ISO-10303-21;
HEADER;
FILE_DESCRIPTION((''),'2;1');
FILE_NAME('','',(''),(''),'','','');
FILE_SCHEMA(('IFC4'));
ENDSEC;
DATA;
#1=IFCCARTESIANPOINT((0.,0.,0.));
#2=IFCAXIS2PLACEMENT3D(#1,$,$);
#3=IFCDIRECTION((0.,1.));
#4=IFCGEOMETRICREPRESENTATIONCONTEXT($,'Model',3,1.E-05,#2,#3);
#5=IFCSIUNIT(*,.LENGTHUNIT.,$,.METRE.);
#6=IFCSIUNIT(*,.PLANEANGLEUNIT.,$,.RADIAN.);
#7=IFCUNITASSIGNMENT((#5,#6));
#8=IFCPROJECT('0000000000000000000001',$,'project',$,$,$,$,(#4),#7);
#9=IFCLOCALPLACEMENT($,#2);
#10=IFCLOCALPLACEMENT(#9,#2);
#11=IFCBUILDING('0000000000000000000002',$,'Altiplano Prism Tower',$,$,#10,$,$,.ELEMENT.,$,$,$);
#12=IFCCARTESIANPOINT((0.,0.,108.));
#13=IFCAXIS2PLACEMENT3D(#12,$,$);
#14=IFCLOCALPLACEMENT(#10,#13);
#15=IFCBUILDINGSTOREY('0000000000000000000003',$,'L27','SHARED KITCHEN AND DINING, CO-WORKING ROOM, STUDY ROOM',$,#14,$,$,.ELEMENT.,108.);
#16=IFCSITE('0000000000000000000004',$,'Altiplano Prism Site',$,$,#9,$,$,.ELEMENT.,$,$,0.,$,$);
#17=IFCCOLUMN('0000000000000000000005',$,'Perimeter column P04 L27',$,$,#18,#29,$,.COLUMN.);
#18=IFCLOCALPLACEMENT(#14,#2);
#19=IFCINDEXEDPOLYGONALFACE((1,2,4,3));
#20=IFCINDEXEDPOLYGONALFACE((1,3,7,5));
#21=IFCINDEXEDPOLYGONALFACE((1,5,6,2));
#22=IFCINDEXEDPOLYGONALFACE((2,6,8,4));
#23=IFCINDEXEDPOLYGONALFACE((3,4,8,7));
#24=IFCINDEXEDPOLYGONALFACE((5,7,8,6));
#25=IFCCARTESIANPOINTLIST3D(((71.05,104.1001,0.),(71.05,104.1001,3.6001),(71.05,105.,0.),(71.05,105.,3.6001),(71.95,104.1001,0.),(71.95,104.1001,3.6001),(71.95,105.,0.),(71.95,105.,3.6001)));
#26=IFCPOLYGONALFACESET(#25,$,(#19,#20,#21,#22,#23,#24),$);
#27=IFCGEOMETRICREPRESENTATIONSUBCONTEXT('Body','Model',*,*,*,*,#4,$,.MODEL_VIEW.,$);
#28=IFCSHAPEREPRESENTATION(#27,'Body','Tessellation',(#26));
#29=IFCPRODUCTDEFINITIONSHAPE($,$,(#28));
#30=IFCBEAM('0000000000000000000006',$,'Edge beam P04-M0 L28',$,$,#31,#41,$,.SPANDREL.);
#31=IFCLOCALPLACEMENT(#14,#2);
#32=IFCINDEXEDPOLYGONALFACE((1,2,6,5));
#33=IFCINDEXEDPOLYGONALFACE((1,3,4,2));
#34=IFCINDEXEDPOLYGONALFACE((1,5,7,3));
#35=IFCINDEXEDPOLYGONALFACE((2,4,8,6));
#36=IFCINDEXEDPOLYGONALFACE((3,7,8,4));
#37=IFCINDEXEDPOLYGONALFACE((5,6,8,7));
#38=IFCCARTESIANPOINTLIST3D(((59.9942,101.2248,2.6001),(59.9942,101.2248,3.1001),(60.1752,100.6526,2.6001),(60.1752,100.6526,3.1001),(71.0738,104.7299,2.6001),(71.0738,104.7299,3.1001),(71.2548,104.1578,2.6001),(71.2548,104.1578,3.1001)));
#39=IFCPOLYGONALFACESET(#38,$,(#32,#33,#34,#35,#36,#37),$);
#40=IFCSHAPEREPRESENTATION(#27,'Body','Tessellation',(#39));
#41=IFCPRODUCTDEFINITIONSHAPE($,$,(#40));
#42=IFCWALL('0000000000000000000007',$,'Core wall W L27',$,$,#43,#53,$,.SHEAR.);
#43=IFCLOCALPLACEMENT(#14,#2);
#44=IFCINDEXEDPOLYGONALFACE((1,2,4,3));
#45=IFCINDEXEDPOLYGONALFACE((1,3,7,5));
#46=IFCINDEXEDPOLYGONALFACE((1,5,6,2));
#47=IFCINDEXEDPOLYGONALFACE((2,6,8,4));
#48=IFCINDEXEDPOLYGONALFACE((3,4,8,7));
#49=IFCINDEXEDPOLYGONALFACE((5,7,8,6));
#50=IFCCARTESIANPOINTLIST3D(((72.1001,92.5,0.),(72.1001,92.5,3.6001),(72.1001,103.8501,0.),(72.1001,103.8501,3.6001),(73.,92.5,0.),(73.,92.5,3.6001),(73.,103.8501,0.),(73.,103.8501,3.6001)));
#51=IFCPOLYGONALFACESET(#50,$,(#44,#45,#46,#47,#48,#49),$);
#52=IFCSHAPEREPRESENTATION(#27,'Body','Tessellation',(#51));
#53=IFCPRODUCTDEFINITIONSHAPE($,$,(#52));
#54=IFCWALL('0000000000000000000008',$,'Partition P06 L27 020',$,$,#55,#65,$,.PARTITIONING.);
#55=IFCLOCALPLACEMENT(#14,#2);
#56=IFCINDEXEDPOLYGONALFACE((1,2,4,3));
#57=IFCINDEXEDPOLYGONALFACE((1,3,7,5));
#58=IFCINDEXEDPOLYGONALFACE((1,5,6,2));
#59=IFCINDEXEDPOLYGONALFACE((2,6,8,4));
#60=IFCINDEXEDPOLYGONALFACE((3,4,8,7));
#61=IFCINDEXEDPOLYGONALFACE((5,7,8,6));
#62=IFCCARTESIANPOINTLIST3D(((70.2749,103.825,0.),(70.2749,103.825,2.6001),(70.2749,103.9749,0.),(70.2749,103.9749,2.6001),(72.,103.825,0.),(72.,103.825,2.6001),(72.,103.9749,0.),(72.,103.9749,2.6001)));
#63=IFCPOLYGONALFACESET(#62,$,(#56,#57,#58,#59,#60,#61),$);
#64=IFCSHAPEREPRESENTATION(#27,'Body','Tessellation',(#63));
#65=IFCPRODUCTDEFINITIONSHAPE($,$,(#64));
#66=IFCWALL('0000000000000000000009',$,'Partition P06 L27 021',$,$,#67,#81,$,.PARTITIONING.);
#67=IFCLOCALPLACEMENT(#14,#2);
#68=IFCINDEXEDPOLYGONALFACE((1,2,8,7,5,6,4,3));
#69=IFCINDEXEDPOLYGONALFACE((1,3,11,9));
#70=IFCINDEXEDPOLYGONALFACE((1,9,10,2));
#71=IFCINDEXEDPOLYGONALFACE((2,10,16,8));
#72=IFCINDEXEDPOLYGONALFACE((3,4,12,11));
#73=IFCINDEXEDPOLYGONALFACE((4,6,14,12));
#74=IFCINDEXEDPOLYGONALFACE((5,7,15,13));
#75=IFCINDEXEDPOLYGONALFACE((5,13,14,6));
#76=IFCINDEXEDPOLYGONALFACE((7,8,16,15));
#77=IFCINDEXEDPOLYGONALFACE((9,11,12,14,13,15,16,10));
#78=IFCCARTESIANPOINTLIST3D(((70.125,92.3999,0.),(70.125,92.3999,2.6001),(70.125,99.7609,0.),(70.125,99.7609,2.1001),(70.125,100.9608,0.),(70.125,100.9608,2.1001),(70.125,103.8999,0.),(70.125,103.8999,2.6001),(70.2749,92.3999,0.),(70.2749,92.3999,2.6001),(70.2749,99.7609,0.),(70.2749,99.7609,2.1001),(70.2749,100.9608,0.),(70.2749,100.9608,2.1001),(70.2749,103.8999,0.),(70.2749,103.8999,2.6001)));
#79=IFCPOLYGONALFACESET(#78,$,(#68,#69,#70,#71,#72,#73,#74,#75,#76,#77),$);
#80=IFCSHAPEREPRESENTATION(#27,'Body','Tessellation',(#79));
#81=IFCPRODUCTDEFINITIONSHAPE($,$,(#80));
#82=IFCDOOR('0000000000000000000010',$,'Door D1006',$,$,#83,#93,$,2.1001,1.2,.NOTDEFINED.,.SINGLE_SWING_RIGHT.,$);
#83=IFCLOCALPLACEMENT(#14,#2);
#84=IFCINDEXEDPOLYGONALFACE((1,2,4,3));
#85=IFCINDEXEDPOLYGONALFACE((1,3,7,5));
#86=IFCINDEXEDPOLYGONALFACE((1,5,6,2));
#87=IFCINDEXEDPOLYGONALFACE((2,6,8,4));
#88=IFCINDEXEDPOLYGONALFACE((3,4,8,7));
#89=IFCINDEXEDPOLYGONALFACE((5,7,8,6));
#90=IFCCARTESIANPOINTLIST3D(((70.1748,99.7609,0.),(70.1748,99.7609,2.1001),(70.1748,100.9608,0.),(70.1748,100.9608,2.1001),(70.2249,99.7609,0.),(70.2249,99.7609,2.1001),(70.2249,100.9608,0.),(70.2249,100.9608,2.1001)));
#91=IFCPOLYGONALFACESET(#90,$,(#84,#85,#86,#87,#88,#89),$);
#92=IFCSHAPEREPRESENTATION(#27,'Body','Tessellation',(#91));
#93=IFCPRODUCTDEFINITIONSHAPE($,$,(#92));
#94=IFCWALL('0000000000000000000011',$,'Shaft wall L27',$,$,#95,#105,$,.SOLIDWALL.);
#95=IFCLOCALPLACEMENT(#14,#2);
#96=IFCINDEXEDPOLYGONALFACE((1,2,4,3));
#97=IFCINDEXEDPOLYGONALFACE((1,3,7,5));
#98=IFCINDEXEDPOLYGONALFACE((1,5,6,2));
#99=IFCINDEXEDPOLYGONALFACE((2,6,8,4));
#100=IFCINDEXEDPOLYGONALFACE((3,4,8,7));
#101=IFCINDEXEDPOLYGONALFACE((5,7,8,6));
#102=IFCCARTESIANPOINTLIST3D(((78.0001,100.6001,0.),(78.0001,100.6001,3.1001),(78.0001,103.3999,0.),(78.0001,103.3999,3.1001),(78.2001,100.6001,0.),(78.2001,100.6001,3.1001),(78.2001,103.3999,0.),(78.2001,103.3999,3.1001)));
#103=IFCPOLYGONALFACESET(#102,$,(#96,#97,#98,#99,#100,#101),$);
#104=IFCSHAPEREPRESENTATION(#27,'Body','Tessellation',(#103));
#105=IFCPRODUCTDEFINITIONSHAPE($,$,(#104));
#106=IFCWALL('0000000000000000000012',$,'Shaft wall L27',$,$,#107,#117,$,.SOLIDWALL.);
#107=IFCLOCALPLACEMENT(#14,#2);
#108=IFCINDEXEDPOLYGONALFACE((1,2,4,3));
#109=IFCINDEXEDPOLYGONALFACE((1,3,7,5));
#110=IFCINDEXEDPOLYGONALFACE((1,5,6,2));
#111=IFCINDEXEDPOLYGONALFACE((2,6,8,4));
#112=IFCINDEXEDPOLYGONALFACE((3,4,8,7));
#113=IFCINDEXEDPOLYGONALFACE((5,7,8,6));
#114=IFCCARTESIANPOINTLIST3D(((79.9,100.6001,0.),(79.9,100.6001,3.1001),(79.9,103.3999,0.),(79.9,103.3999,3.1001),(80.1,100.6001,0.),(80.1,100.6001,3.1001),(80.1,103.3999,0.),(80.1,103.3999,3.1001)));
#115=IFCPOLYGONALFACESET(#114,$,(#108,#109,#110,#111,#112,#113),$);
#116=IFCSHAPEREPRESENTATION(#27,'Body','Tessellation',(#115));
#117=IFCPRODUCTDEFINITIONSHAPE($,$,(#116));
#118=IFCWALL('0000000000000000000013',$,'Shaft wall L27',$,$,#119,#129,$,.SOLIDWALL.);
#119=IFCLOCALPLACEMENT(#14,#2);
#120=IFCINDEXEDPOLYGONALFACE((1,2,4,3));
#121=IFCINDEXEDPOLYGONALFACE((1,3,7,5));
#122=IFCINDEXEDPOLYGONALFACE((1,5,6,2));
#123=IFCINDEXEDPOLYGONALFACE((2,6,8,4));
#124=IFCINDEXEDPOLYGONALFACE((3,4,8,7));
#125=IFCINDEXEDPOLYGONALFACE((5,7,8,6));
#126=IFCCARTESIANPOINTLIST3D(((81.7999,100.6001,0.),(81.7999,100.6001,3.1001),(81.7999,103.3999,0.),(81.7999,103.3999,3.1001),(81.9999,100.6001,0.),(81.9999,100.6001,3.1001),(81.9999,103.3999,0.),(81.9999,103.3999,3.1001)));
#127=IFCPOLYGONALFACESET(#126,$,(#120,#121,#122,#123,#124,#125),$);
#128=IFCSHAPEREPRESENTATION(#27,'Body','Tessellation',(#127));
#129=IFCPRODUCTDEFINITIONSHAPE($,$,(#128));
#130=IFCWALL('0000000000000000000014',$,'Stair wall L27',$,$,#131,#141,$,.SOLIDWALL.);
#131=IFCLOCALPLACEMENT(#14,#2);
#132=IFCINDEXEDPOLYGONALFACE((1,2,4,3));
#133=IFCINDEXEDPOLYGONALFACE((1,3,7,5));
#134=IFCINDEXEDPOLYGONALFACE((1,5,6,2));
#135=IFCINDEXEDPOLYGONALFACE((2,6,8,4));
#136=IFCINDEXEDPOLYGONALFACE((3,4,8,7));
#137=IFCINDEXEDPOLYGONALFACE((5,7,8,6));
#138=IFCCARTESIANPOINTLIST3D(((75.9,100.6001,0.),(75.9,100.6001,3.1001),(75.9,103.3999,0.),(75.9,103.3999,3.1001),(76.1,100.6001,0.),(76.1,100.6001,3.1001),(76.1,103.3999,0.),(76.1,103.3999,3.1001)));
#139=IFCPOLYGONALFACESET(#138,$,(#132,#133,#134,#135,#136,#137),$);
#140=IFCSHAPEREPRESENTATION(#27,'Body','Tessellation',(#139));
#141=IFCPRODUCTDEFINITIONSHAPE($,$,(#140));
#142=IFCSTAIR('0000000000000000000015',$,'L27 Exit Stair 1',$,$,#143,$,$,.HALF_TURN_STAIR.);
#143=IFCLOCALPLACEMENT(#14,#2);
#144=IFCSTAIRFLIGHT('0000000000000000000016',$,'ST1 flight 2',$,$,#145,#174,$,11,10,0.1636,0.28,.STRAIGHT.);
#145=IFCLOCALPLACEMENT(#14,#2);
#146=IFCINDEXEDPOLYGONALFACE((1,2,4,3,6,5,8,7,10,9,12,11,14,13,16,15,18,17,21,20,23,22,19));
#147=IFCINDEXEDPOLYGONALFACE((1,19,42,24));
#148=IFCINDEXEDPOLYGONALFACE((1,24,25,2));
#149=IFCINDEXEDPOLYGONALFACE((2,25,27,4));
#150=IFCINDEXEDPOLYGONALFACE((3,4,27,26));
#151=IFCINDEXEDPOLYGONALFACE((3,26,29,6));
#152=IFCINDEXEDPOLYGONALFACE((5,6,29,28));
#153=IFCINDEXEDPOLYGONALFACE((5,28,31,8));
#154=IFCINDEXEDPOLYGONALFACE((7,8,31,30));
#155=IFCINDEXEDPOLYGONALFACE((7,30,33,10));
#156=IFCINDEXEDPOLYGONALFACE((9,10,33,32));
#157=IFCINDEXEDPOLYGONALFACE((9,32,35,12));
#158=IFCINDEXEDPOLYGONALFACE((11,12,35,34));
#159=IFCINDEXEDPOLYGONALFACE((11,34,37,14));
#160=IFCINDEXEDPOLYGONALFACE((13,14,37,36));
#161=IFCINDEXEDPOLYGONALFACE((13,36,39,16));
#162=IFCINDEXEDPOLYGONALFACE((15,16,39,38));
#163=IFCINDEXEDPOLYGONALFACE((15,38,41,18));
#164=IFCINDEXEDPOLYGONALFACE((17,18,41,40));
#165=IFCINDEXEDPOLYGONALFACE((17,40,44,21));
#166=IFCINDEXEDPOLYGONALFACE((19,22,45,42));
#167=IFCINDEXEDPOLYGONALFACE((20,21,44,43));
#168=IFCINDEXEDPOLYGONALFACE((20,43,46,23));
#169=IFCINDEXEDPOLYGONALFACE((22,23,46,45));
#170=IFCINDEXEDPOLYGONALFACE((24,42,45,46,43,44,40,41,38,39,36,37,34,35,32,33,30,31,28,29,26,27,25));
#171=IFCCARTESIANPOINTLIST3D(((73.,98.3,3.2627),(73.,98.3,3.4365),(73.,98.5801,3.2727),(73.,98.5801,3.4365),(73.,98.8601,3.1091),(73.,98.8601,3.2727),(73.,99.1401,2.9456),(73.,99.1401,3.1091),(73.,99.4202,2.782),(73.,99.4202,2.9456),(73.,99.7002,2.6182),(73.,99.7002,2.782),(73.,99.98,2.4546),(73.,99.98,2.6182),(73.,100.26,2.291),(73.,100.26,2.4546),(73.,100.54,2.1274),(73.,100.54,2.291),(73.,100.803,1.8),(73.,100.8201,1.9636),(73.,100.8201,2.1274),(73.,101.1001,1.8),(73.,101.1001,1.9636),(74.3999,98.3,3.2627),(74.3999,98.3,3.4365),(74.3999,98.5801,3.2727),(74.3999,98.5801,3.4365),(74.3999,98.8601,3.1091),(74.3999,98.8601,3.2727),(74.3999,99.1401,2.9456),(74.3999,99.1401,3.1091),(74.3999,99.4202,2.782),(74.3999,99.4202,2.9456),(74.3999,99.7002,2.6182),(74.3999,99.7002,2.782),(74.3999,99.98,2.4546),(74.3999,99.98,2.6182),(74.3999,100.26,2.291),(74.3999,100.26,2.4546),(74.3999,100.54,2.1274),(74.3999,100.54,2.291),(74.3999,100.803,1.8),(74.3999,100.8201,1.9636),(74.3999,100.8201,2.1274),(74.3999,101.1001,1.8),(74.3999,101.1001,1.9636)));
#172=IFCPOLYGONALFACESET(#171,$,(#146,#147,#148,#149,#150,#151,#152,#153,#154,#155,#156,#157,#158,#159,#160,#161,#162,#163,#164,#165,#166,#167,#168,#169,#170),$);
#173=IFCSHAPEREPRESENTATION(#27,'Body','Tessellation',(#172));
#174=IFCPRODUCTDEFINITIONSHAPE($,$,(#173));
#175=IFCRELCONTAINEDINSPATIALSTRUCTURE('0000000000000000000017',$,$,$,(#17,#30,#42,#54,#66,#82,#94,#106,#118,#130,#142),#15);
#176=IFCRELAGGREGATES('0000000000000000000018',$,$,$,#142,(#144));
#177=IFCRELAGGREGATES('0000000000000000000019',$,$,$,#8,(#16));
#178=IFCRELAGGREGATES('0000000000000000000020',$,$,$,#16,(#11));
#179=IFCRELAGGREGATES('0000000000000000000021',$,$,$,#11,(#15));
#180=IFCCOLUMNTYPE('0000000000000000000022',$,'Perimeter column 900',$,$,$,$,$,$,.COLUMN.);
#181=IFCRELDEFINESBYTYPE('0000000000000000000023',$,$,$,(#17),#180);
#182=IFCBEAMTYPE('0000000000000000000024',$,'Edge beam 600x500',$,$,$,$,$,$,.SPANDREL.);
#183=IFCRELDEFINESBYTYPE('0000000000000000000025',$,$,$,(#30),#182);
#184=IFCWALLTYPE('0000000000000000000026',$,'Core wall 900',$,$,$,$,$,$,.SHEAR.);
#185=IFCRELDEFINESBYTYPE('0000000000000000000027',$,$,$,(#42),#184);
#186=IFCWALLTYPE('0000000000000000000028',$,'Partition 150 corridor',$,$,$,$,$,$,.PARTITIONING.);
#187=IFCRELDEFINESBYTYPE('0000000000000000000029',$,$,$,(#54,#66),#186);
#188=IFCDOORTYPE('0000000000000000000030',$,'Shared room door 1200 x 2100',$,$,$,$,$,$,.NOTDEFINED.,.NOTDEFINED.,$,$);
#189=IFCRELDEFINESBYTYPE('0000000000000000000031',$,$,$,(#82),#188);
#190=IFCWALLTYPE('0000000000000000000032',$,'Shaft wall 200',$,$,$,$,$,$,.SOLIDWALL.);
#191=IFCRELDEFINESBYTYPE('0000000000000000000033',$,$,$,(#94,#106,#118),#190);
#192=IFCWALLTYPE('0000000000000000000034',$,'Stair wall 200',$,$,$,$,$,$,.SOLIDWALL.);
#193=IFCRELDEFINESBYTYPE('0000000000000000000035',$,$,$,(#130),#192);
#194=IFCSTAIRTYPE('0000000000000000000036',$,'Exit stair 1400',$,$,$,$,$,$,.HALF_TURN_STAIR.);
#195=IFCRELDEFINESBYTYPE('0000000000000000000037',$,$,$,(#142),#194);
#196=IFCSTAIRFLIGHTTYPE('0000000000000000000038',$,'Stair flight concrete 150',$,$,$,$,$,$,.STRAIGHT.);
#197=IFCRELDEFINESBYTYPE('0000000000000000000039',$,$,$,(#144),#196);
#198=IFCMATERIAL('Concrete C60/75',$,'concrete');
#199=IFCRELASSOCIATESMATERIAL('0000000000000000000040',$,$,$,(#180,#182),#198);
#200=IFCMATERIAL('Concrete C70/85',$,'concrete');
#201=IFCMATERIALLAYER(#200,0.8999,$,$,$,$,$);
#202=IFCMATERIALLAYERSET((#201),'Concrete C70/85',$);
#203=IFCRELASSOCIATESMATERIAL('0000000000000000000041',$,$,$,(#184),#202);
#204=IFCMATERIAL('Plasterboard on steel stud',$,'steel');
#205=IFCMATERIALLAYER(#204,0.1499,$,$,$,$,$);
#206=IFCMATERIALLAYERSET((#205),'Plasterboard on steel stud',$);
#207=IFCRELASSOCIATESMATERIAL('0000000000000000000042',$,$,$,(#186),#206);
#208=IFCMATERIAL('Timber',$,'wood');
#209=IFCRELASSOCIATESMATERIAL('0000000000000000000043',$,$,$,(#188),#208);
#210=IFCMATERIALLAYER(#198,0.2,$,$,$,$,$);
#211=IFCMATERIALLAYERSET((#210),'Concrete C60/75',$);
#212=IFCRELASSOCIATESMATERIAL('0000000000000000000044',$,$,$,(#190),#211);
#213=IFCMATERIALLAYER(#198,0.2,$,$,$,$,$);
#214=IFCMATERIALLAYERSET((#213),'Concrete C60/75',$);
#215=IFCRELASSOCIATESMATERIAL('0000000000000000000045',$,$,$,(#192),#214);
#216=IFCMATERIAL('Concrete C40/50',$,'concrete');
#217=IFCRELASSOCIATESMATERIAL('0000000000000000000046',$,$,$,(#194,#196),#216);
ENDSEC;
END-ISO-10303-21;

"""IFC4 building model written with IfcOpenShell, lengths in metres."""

from ifc_helpers import new_model, si_unit, direction, frame, frame_2d, origin, origin_2d, place, context, subcontext, project, spatial, polyline, rectangle, outline, extrude, material, layer, layer_set, material_profile, profile_set, type_object, element, fill, aggregate, save


model = new_model("IFC4")

# Units and contexts
model_context = context("Model", 3, precision=1e-05, world=origin(), true_north=direction((0.0, 1.0)))
body_context = subcontext(model_context, "Body", "Model", "MODEL_VIEW")
ifc_project = project(units=[si_unit("LENGTHUNIT", "METRE"), si_unit("PLANEANGLEUNIT", "RADIAN")], contexts=[model_context])

# Site, building, storey
site_placement = place(None, origin())
site = spatial("IfcSite", under=ifc_project, at=site_placement, Name="Altiplano Prism Site", CompositionType="ELEMENT", RefElevation=0.0)
building_placement = place(site_placement, origin())
building = spatial("IfcBuilding", under=site, at=building_placement, Name="Altiplano Prism Tower", CompositionType="ELEMENT")
storey_placement = place(building_placement, frame((0.0, 0.0, 108.0)))
storey = spatial("IfcBuildingStorey", under=building, at=storey_placement, Name="L27", Description="SHARED KITCHEN AND DINING, CO-WORKING ROOM, STUDY ROOM", CompositionType="ELEMENT", Elevation=108.0)

# Column
ifc_material_1 = material(Name="Concrete C60/75", Category="concrete")
ifc_material_profile_1 = material_profile(ifc_material_1, rectangle(XDim=0.8999, YDim=0.8999, at=origin_2d()), Name="Perimeter column 900")
ifc_profile_set_1 = profile_set([ifc_material_profile_1], Name="Concrete C60/75")
column_type = type_object("IfcColumnType", Name="Perimeter column 900", PredefinedType="COLUMN", material=ifc_profile_set_1)
column_placement = place(storey_placement, frame((71.5, 104.55, 0.0), z_axis=(0.0, 0.0, 1.0), x_axis=(1.0, 0.0, 0.0)))
element("IfcColumn", 1, at=column_placement, inside=storey, type_object=column_type, Name="Perimeter column P04 L27", PredefinedType="COLUMN", context=body_context, shape_type="SweptSolid", body=[
    extrude(rectangle(XDim=0.8999, YDim=0.8999, at=origin_2d()), origin(), (0.0, 0.0, 1.0), 3.6001),
])

# Beam
ifc_material_profile_2 = material_profile(ifc_material_1, rectangle(XDim=0.6001, YDim=0.5, at=origin_2d()), Name="Edge beam 600x500")
ifc_profile_set_2 = profile_set([ifc_material_profile_2], Name="Concrete C60/75")
beam_type = type_object("IfcBeamType", Name="Edge beam 600x500", PredefinedType="SPANDREL", material=ifc_profile_set_2)
beam_placement = place(storey_placement, frame((71.1643, 104.4438, 2.8501), z_axis=(-0.953427, -0.301625, 0.0), x_axis=(0.301625, -0.953427, 0.0)))
element("IfcBeam", 2, at=beam_placement, inside=storey, type_object=beam_type, Name="Edge beam P04-M0 L28", PredefinedType="SPANDREL", context=body_context, shape_type="SweptSolid", body=[
    extrude(rectangle(XDim=0.6001, YDim=0.5, at=origin_2d()), origin(), (0.0, 0.0, 1.0), 11.6208),
])

# Walls
ifc_material_2 = material(Name="Concrete C70/85", Category="concrete")
ifc_layer_1 = layer(ifc_material_2, 0.8999)
ifc_layer_set_1 = layer_set([ifc_layer_1], Name="Concrete C70/85")
wall_type_1 = type_object("IfcWallType", Name="Core wall 900", PredefinedType="SHEAR", material=ifc_layer_set_1)
wall_1_placement = place(storey_placement, frame((72.55, 103.8501, 0.0), z_axis=(0.0, 0.0, 1.0), x_axis=(0.0, -1.0, 0.0)))
element("IfcWall", 3, at=wall_1_placement, inside=storey, type_object=wall_type_1, Name="Core wall W L27", PredefinedType="SHEAR", context=body_context, shape_type="SweptSolid", body=[
    extrude(rectangle(XDim=11.3501, YDim=0.8999, at=frame_2d((5.675, 0.0))), origin(), (0.0, 0.0, 1.0), 3.6001),
])
ifc_material_3 = material(Name="Plasterboard on steel stud", Category="steel")
ifc_layer_2 = layer(ifc_material_3, 0.1499)
ifc_layer_set_2 = layer_set([ifc_layer_2], Name="Plasterboard on steel stud")
wall_type_2 = type_object("IfcWallType", Name="Partition 150 corridor", PredefinedType="PARTITIONING", material=ifc_layer_set_2)
wall_2_placement = place(storey_placement, frame((72.0, 103.8999, 0.0), z_axis=(0.0, 0.0, 1.0), x_axis=(-1.0, 0.0, 0.0)))
element("IfcWall", 4, at=wall_2_placement, inside=storey, type_object=wall_type_2, Name="Partition P06 L27 020", PredefinedType="PARTITIONING", context=body_context, shape_type="SweptSolid", body=[
    extrude(rectangle(XDim=1.7251, YDim=0.1499, at=frame_2d((0.8625, 0.0))), origin(), (0.0, 0.0, 1.0), 2.6001),
])

# Wall, opening, door
wall_3_placement = place(storey_placement, frame((70.2, 103.8999, 0.0), z_axis=(0.0, 0.0, 1.0), x_axis=(0.0, -1.0, 0.0)))
wall_3 = element("IfcWall", 5, at=wall_3_placement, inside=storey, type_object=wall_type_2, Name="Partition P06 L27 021", PredefinedType="PARTITIONING", context=body_context, shape_type="SweptSolid", body=[
    extrude(rectangle(XDim=11.5, YDim=0.1499, at=frame_2d((5.75, 0.0))), origin(), (0.0, 0.0, 1.0), 2.6001),
])
opening_1_placement = place(wall_3_placement, frame((2.939, 0.0, 0.0)))
opening_1 = element("IfcOpeningElement", 6, at=opening_1_placement, cuts=wall_3, PredefinedType="OPENING", context=body_context, shape_type="SweptSolid", body=[
    extrude(rectangle(XDim=1.2, YDim=2.1001, at=frame_2d((0.6001, 1.05))), frame((0.0, 0.0854, 0.0), z_axis=(0.0, -1.0, 0.0), x_axis=(1.0, 0.0, 0.0)), (0.0, 0.0, 1.0), 0.1709),
])
ifc_material_4 = material(Name="Timber", Category="wood")
door_type_1 = type_object("IfcDoorType", Name="Shared room door 1200 x 2100", OperationType="NOTDEFINED", PredefinedType="NOTDEFINED", material=ifc_material_4)
door_1_placement = place(opening_1_placement, origin())
door_1 = element("IfcDoor", 7, at=door_1_placement, inside=storey, type_object=door_type_1, Name="Door D1006", OperationType="SINGLE_SWING_RIGHT", OverallHeight=2.1001, OverallWidth=1.2, PredefinedType="NOTDEFINED", context=body_context, shape_type="SweptSolid", body=[
    extrude(rectangle(XDim=1.2, YDim=2.1001, at=frame_2d((0.6001, 1.05))), frame((0.0, 0.0249, 0.0), z_axis=(0.0, -1.0, 0.0), x_axis=(1.0, 0.0, 0.0)), (0.0, 0.0, 1.0), 0.05),
])
fill(opening_1, door_1)

# Walls
ifc_layer_3 = layer(ifc_material_1, 0.2)
ifc_layer_set_3 = layer_set([ifc_layer_3], Name="Concrete C60/75")
wall_type_3 = type_object("IfcWallType", Name="Shaft wall 200", PredefinedType="SOLIDWALL", material=ifc_layer_set_3)
for number, where, z_axis, x_axis, name in (
    (8, (78.1001, 100.6001, 0.0), (0.0, 0.0, 1.0), (0.0, 1.0, 0.0), "Shaft wall L27"),
    (9, (80.0, 100.6001, 0.0), (0.0, 0.0, 1.0), (0.0, 1.0, 0.0), "Shaft wall L27"),
    (10, (81.8999, 100.6001, 0.0), (0.0, 0.0, 1.0), (0.0, 1.0, 0.0), "Shaft wall L27"),
):
    element("IfcWall", number, at=place(storey_placement, frame(where, z_axis=z_axis, x_axis=x_axis)), inside=storey, type_object=wall_type_3, Name=name, PredefinedType="SOLIDWALL", context=body_context, shape_type="SweptSolid", body=[
        extrude(rectangle(XDim=2.7998, YDim=0.2, at=frame_2d((1.3999, 0.0))), origin(), (0.0, 0.0, 1.0), 3.1001),
    ])

# Shared definitions
ifc_layer_4 = layer(ifc_material_1, 0.2)
ifc_layer_set_4 = layer_set([ifc_layer_4], Name="Concrete C60/75")
wall_type_4 = type_object("IfcWallType", Name="Stair wall 200", PredefinedType="SOLIDWALL", material=ifc_layer_set_4)

# Wall
wall_4_placement = place(storey_placement, frame((76.0, 100.6001, 0.0), z_axis=(0.0, 0.0, 1.0), x_axis=(0.0, 1.0, 0.0)))
element("IfcWall", 11, at=wall_4_placement, inside=storey, type_object=wall_type_4, Name="Stair wall L27", PredefinedType="SOLIDWALL", context=body_context, shape_type="SweptSolid", body=[
    extrude(rectangle(XDim=2.7998, YDim=0.2, at=frame_2d((1.3999, 0.0))), origin(), (0.0, 0.0, 1.0), 3.1001),
])

# Stair, stair flight
ifc_material_5 = material(Name="Concrete C40/50", Category="concrete")
stair_type = type_object("IfcStairType", Name="Exit stair 1400", PredefinedType="HALF_TURN_STAIR", material=ifc_material_5)
stair_placement = place(storey_placement, origin())
stair = element("IfcStair", 12, at=stair_placement, inside=storey, type_object=stair_type, Name="L27 Exit Stair 1", PredefinedType="HALF_TURN_STAIR")
stair_flight_type = type_object("IfcStairFlightType", Name="Stair flight concrete 150", PredefinedType="STRAIGHT", material=ifc_material_5)
stair_flight_placement = place(storey_placement, frame((73.7, 101.1001, 1.8), z_axis=(0.0, 0.0, 1.0), x_axis=(0.0, -1.0, 0.0)))
stair_flight = element("IfcStairFlight", 13, at=stair_flight_placement, type_object=stair_flight_type, Name="ST1 flight 2", NumberOfRisers=11, NumberOfTreads=10, PredefinedType="STRAIGHT", RiserHeight=0.1636, TreadLength=0.28, context=body_context, shape_type="SweptSolid", body=[
    extrude(outline(polyline([(0.0, 0.0), (0.0, 0.1636), (0.28, 0.1636), (0.28, 0.3274), (0.5601, 0.3274), (0.5601, 0.491), (0.8401, 0.491), (0.8401, 0.6545), (1.1201, 0.6545), (1.1201, 0.8181), (1.3999, 0.8181), (1.3999, 0.9819), (1.6799, 0.9819), (1.6799, 1.1455), (1.96, 1.1455), (1.96, 1.3091), (2.24, 1.3091), (2.24, 1.4727), (2.52, 1.4727), (2.52, 1.6365), (2.8, 1.6365), (2.8, 1.8), (2.8, 1.4626), (0.2971, 0.0), (0.0, 0.0)])), frame((0.0, 0.7, 0.0), z_axis=(0.0, -1.0, 0.0), x_axis=(1.0, 0.0, 0.0)), (0.0, 0.0, 1.0), 1.3999),
])
aggregate(stair, [stair_flight])

save(model, "model.ifc")
